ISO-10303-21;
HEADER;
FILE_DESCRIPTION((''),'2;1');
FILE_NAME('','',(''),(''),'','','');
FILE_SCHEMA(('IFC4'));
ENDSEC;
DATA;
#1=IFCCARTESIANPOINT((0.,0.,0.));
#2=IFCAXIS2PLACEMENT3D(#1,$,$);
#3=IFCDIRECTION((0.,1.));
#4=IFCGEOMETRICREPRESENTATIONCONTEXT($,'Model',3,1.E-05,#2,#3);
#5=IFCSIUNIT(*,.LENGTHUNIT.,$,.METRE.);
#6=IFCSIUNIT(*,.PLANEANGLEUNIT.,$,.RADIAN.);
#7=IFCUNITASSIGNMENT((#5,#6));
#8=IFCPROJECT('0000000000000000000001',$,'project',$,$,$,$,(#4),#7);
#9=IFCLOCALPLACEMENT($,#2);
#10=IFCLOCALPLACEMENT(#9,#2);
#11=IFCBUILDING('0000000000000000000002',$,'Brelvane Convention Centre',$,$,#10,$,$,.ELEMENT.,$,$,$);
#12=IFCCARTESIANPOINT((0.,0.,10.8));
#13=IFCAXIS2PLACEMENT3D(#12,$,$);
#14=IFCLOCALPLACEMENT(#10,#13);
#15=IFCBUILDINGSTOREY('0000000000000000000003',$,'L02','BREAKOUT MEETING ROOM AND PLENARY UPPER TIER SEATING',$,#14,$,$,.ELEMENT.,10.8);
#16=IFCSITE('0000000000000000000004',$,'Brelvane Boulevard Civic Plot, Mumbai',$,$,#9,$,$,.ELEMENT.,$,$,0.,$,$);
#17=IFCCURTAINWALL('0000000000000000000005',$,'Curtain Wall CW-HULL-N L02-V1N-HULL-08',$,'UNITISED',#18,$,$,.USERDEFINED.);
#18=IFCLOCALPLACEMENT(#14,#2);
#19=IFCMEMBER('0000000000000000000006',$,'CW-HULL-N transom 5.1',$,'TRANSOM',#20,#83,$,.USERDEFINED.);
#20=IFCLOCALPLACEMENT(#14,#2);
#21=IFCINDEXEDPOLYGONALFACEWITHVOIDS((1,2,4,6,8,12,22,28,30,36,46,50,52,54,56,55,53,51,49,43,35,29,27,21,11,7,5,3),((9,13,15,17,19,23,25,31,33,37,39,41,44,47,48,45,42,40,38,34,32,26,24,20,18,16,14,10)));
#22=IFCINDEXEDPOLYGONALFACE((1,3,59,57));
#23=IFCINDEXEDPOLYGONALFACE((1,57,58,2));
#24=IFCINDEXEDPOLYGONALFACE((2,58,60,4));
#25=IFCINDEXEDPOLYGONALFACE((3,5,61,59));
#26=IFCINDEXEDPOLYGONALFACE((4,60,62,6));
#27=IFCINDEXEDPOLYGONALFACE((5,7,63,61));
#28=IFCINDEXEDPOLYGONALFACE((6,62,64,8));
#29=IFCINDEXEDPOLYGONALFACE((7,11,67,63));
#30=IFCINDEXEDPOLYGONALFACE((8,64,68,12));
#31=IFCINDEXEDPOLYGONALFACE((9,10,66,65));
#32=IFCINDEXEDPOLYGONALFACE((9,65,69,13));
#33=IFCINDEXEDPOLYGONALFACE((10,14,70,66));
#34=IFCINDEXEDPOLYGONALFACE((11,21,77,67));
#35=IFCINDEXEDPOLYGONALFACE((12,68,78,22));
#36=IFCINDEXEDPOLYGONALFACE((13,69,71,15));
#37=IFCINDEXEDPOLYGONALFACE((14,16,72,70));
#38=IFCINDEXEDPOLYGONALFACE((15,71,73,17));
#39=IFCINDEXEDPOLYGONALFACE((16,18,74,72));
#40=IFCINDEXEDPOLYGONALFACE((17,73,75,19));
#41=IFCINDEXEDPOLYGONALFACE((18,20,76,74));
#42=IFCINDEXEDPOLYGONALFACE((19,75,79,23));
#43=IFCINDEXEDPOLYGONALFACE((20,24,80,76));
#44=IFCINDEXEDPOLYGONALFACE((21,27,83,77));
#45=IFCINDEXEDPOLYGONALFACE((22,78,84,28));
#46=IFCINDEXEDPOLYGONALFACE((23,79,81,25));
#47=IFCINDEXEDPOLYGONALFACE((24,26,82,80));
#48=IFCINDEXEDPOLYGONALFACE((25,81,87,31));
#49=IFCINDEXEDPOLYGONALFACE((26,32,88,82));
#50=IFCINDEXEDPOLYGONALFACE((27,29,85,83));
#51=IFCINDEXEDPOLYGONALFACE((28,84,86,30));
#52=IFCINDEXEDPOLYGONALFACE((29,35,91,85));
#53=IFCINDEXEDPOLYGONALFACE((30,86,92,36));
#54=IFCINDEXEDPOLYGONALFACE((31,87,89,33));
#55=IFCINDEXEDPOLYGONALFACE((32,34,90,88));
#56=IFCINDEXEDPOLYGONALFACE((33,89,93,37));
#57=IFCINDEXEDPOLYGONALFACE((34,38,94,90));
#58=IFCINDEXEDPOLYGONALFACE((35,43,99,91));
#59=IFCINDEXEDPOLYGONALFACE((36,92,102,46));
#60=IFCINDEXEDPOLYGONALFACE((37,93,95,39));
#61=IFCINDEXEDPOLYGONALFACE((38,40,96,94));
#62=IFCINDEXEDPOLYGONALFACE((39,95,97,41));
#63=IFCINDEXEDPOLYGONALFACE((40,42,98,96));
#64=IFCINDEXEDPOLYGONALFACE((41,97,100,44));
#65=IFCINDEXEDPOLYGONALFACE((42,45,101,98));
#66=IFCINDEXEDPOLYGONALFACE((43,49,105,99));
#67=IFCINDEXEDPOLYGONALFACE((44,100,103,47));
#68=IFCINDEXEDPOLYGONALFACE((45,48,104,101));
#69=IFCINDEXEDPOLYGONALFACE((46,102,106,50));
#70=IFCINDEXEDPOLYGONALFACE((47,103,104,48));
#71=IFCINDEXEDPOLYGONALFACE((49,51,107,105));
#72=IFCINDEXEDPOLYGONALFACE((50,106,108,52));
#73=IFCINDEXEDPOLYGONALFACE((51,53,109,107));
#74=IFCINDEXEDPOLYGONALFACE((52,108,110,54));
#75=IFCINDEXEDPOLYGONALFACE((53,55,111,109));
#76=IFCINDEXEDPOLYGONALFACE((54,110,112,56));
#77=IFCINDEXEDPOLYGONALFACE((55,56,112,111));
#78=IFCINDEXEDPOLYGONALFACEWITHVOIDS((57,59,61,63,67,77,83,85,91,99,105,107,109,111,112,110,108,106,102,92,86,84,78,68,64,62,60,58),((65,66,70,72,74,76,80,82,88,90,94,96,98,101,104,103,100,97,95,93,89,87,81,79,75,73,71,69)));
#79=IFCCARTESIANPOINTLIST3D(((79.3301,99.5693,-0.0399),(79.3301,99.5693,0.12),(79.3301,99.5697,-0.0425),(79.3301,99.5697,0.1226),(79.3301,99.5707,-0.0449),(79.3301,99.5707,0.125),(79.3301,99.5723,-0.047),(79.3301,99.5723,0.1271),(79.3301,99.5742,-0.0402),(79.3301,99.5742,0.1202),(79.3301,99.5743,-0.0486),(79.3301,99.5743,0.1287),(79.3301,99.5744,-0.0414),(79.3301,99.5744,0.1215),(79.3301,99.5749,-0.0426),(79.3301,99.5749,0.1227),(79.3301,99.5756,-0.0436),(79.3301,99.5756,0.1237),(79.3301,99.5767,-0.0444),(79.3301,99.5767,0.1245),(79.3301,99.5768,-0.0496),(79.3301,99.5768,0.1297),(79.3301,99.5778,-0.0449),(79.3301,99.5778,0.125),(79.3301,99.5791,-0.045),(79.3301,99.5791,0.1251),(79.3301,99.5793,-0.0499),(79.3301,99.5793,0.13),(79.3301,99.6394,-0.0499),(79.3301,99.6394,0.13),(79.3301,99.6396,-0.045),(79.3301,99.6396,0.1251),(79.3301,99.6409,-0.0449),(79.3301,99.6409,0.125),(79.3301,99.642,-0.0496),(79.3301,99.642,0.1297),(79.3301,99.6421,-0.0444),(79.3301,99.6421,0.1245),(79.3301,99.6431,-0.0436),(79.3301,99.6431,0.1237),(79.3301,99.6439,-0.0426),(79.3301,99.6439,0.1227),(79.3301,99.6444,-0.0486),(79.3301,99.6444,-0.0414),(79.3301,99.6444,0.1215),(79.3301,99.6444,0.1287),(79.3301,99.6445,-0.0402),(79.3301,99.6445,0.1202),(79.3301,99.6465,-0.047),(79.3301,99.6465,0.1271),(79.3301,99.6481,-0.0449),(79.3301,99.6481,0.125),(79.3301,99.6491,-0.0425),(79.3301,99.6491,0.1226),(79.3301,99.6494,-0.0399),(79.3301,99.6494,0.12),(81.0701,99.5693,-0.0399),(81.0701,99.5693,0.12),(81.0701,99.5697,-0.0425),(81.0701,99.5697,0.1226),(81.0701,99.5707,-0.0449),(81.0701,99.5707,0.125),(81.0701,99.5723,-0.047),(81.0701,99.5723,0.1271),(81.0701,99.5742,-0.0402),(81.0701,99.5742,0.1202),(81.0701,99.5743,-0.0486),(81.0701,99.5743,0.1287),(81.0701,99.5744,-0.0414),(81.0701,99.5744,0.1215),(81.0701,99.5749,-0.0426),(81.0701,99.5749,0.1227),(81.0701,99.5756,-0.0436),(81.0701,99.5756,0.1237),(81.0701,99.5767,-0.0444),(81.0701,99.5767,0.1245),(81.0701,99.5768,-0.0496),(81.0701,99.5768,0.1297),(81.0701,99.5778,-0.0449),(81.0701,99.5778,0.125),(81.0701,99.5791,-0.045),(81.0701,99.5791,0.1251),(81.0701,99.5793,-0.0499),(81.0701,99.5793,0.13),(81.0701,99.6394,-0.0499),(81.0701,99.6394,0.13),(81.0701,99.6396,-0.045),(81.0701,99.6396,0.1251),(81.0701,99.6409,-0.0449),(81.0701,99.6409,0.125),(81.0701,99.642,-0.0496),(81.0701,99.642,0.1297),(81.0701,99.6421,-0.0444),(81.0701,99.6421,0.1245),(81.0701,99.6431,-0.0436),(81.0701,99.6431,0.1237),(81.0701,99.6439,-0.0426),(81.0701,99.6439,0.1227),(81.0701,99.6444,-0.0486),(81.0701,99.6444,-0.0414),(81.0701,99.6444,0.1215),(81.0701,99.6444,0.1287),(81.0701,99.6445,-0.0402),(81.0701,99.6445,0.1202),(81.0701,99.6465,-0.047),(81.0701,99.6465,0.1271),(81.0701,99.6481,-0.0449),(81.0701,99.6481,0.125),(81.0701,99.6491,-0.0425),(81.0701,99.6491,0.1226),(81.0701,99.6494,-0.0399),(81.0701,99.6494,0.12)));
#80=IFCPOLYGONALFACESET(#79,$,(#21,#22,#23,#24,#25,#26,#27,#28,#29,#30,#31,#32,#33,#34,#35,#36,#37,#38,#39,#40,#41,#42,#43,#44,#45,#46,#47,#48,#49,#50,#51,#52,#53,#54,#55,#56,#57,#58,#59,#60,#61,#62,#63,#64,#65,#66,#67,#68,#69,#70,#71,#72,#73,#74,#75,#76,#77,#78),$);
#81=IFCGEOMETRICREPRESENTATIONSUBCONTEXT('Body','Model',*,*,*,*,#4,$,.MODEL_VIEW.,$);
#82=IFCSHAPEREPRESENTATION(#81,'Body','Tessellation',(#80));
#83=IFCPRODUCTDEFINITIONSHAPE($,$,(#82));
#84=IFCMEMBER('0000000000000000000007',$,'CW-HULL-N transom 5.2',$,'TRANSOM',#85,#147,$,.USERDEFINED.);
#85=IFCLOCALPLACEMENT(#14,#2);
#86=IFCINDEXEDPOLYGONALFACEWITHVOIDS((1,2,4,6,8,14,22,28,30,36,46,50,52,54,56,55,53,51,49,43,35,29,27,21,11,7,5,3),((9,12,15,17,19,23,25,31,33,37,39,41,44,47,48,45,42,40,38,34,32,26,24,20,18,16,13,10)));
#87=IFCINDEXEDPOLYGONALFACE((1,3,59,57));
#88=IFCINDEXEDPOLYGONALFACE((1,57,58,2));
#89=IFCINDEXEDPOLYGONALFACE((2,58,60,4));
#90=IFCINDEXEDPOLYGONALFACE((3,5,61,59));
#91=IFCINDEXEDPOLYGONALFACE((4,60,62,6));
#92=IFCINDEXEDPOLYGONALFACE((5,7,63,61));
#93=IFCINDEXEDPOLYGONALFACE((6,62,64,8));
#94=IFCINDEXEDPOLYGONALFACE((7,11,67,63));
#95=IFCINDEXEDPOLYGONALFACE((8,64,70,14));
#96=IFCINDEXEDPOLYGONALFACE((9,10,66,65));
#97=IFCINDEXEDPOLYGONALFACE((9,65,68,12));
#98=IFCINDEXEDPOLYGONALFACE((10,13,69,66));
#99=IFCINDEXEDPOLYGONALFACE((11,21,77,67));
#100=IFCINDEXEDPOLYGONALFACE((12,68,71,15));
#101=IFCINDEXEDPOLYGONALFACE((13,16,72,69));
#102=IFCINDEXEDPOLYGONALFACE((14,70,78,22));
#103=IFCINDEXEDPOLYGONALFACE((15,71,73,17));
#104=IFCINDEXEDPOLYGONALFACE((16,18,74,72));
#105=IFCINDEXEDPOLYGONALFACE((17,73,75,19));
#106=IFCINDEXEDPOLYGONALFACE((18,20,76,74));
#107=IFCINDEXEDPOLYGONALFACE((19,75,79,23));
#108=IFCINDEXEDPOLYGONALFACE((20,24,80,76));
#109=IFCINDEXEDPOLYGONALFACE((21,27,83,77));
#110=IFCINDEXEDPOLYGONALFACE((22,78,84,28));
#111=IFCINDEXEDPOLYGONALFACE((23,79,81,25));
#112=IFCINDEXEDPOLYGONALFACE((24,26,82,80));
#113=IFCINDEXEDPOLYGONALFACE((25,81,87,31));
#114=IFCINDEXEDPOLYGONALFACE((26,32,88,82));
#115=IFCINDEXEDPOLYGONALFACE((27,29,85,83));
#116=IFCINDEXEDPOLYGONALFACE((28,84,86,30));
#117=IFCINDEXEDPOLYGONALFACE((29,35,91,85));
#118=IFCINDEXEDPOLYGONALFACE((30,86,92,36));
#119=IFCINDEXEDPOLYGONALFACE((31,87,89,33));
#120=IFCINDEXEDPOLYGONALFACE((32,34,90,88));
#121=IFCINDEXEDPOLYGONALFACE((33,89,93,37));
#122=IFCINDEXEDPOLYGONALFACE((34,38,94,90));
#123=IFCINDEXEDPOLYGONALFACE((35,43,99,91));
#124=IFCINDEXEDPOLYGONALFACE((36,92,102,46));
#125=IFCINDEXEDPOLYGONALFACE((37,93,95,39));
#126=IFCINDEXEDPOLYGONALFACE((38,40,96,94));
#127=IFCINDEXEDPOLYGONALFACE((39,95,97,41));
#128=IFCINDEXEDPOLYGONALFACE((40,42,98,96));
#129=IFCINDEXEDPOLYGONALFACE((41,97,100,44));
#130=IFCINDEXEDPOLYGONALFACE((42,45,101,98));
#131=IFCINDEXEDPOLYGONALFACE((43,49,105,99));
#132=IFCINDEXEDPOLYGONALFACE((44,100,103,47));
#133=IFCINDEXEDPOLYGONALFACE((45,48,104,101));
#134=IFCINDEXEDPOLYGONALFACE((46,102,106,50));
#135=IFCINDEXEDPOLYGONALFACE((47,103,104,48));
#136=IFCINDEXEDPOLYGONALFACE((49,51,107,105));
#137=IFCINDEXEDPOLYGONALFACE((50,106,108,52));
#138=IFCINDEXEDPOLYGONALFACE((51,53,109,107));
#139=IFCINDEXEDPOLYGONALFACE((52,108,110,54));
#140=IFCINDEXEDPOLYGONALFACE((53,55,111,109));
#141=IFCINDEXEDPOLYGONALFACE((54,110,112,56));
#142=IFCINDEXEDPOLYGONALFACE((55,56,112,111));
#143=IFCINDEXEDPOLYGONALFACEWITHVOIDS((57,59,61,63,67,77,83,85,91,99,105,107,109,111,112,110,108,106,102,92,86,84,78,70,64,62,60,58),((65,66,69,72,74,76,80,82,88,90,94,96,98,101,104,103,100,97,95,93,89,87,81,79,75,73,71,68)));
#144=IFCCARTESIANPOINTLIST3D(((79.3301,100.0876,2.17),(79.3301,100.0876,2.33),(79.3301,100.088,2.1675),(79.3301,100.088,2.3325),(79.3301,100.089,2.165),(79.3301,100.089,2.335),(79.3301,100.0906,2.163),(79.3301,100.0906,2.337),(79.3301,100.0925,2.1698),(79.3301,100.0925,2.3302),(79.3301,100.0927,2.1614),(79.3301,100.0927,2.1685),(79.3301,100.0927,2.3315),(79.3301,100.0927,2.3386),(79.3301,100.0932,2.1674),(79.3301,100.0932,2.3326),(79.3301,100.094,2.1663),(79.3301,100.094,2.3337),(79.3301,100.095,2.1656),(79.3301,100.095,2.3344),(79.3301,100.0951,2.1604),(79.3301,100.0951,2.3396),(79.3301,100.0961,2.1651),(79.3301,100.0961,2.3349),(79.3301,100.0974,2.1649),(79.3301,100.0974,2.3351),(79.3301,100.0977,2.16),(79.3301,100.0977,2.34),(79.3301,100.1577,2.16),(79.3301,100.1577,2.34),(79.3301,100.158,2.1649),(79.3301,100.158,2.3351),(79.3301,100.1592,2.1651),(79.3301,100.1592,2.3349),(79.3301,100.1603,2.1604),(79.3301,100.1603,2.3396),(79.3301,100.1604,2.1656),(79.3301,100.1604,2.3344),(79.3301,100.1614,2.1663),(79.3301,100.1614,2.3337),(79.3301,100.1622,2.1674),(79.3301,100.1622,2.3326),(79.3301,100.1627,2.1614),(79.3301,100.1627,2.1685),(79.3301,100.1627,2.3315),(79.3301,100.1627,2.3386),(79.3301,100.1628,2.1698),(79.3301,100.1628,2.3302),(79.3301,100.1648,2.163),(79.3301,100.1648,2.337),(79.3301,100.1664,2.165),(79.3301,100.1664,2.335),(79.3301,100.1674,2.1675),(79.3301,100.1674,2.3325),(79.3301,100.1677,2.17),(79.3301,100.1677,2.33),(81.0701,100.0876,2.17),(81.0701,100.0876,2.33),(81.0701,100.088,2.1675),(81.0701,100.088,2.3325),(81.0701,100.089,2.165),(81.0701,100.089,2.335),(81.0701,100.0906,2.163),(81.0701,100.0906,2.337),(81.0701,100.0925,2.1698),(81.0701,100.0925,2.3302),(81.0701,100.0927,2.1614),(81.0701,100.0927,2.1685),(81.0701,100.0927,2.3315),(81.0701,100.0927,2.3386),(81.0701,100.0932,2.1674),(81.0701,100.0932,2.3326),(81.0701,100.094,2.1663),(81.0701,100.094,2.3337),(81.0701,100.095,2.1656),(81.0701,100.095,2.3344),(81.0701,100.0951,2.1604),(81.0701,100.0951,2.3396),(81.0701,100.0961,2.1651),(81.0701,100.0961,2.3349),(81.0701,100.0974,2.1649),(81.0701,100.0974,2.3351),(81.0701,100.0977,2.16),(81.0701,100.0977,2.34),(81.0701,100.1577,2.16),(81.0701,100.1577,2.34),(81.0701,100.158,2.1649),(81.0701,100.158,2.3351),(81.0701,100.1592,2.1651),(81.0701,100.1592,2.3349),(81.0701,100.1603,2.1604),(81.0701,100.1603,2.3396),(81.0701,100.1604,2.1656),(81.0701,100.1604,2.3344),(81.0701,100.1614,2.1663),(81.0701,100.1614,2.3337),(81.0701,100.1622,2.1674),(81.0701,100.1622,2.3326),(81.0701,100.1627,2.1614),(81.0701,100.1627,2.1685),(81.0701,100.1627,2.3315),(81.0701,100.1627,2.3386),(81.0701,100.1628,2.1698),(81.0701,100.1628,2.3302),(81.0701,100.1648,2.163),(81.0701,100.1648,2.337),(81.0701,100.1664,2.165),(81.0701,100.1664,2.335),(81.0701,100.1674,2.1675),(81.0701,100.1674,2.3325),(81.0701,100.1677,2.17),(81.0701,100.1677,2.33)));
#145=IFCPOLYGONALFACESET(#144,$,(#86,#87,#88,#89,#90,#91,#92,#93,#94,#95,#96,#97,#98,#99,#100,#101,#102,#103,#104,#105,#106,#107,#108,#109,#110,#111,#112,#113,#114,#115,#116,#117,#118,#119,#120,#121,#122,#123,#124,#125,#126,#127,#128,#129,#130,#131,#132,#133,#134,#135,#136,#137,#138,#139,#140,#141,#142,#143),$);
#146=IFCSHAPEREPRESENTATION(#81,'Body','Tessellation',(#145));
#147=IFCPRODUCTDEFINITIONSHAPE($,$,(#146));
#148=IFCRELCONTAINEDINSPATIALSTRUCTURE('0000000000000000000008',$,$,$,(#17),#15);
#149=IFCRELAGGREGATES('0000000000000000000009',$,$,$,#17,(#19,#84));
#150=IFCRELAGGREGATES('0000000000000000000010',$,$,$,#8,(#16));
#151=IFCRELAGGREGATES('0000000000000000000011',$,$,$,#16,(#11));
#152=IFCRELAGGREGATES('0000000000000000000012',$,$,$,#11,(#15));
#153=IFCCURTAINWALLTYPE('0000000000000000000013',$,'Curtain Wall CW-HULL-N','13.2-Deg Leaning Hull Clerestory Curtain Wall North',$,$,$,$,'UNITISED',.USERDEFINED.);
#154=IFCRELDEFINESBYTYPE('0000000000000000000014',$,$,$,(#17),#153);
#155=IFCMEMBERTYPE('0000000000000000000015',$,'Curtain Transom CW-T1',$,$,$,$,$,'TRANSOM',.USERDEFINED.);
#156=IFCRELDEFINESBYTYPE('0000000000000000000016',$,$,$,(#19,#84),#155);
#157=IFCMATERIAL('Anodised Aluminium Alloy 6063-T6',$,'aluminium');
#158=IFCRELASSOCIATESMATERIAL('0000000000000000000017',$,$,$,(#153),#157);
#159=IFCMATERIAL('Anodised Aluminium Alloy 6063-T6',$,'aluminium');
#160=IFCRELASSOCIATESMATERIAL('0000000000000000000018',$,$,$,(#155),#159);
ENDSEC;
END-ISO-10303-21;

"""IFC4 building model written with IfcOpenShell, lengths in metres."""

from ifc_helpers import new_model, si_unit, direction, frame, origin, origin_2d, place, context, subcontext, project, spatial, hollow_rectangle, extrude, material, material_profile, profile_set, type_object, element, aggregate, save


model = new_model("IFC4")

# Units and contexts
model_context = context("Model", 3, precision=1e-05, world=origin(), true_north=direction((0.0, 1.0)))
body_context = subcontext(model_context, "Body", "Model", "MODEL_VIEW")
ifc_project = project(units=[si_unit("LENGTHUNIT", "METRE"), si_unit("PLANEANGLEUNIT", "RADIAN")], contexts=[model_context])

# Site, building, storey
site_placement = place(None, origin())
site = spatial("IfcSite", under=ifc_project, at=site_placement, Name="Brelvane Boulevard Civic Plot, Mumbai", CompositionType="ELEMENT", RefElevation=0.0)
building_placement = place(site_placement, origin())
building = spatial("IfcBuilding", under=site, at=building_placement, Name="Brelvane Convention Centre", CompositionType="ELEMENT")
storey_placement = place(building_placement, frame((0.0, 0.0, 10.8)))
storey = spatial("IfcBuildingStorey", under=building, at=storey_placement, Name="L02", Description="BREAKOUT MEETING ROOM AND PLENARY UPPER TIER SEATING", CompositionType="ELEMENT", Elevation=10.8)

# Curtain wall
ifc_material_1 = material(Name="Anodised Aluminium Alloy 6063-T6", Category="aluminium")
curtain_wall_type = type_object("IfcCurtainWallType", Name="Curtain Wall CW-HULL-N", Description="13.2-Deg Leaning Hull Clerestory Curtain Wall North", ElementType="UNITISED", PredefinedType="USERDEFINED", material=ifc_material_1)
curtain_wall_1_placement = place(storey_placement, origin())
curtain_wall_1 = element("IfcCurtainWall", 1, at=curtain_wall_1_placement, inside=storey, type_object=curtain_wall_type, Name="Curtain Wall CW-HULL-N L02-V1N-HULL-08", ObjectType="UNITISED", PredefinedType="USERDEFINED")

# Members
ifc_material_2 = material(Name="Anodised Aluminium Alloy 6063-T6", Category="aluminium")
ifc_material_profile_1 = material_profile(ifc_material_2, hollow_rectangle(XDim=0.0801, YDim=0.1799, WallThickness=0.0049, InnerFilletRadius=0.0049, OuterFilletRadius=0.01, at=origin_2d()), Name="ALU-T 180x80x5.0")
ifc_profile_set_1 = profile_set([ifc_material_profile_1], Name="Anodised Aluminium Alloy 6063-T6")
member_type_1 = type_object("IfcMemberType", Name="Curtain Transom CW-T1", ElementType="TRANSOM", PredefinedType="USERDEFINED", material=ifc_profile_set_1)
member_1_placement = place(storey_placement, frame((79.3301, 99.6094, 0.04), z_axis=(1.0, 0.0, 0.0), x_axis=(0.0, 1.0, 0.0)))
member_1 = element("IfcMember", 2, at=member_1_placement, type_object=member_type_1, Name="CW-HULL-N transom 5.1", ObjectType="TRANSOM", PredefinedType="USERDEFINED", context=body_context, shape_type="SweptSolid", body=[
    extrude(hollow_rectangle(XDim=0.0801, YDim=0.1799, WallThickness=0.0049, InnerFilletRadius=0.0049, OuterFilletRadius=0.01, at=origin_2d()), origin(), (0.0, 0.0, 1.0), 1.74),
])
member_2_placement = place(storey_placement, frame((79.3301, 100.1277, 2.25), z_axis=(1.0, 0.0, 0.0), x_axis=(0.0, 1.0, 0.0)))
member_2 = element("IfcMember", 3, at=member_2_placement, type_object=member_type_1, Name="CW-HULL-N transom 5.2", ObjectType="TRANSOM", PredefinedType="USERDEFINED", context=body_context, shape_type="SweptSolid", body=[
    extrude(hollow_rectangle(XDim=0.0801, YDim=0.1799, WallThickness=0.0049, InnerFilletRadius=0.0049, OuterFilletRadius=0.01, at=origin_2d()), origin(), (0.0, 0.0, 1.0), 1.74),
])

aggregate(curtain_wall_1, [member_1, member_2])

save(model, "model.ifc")
